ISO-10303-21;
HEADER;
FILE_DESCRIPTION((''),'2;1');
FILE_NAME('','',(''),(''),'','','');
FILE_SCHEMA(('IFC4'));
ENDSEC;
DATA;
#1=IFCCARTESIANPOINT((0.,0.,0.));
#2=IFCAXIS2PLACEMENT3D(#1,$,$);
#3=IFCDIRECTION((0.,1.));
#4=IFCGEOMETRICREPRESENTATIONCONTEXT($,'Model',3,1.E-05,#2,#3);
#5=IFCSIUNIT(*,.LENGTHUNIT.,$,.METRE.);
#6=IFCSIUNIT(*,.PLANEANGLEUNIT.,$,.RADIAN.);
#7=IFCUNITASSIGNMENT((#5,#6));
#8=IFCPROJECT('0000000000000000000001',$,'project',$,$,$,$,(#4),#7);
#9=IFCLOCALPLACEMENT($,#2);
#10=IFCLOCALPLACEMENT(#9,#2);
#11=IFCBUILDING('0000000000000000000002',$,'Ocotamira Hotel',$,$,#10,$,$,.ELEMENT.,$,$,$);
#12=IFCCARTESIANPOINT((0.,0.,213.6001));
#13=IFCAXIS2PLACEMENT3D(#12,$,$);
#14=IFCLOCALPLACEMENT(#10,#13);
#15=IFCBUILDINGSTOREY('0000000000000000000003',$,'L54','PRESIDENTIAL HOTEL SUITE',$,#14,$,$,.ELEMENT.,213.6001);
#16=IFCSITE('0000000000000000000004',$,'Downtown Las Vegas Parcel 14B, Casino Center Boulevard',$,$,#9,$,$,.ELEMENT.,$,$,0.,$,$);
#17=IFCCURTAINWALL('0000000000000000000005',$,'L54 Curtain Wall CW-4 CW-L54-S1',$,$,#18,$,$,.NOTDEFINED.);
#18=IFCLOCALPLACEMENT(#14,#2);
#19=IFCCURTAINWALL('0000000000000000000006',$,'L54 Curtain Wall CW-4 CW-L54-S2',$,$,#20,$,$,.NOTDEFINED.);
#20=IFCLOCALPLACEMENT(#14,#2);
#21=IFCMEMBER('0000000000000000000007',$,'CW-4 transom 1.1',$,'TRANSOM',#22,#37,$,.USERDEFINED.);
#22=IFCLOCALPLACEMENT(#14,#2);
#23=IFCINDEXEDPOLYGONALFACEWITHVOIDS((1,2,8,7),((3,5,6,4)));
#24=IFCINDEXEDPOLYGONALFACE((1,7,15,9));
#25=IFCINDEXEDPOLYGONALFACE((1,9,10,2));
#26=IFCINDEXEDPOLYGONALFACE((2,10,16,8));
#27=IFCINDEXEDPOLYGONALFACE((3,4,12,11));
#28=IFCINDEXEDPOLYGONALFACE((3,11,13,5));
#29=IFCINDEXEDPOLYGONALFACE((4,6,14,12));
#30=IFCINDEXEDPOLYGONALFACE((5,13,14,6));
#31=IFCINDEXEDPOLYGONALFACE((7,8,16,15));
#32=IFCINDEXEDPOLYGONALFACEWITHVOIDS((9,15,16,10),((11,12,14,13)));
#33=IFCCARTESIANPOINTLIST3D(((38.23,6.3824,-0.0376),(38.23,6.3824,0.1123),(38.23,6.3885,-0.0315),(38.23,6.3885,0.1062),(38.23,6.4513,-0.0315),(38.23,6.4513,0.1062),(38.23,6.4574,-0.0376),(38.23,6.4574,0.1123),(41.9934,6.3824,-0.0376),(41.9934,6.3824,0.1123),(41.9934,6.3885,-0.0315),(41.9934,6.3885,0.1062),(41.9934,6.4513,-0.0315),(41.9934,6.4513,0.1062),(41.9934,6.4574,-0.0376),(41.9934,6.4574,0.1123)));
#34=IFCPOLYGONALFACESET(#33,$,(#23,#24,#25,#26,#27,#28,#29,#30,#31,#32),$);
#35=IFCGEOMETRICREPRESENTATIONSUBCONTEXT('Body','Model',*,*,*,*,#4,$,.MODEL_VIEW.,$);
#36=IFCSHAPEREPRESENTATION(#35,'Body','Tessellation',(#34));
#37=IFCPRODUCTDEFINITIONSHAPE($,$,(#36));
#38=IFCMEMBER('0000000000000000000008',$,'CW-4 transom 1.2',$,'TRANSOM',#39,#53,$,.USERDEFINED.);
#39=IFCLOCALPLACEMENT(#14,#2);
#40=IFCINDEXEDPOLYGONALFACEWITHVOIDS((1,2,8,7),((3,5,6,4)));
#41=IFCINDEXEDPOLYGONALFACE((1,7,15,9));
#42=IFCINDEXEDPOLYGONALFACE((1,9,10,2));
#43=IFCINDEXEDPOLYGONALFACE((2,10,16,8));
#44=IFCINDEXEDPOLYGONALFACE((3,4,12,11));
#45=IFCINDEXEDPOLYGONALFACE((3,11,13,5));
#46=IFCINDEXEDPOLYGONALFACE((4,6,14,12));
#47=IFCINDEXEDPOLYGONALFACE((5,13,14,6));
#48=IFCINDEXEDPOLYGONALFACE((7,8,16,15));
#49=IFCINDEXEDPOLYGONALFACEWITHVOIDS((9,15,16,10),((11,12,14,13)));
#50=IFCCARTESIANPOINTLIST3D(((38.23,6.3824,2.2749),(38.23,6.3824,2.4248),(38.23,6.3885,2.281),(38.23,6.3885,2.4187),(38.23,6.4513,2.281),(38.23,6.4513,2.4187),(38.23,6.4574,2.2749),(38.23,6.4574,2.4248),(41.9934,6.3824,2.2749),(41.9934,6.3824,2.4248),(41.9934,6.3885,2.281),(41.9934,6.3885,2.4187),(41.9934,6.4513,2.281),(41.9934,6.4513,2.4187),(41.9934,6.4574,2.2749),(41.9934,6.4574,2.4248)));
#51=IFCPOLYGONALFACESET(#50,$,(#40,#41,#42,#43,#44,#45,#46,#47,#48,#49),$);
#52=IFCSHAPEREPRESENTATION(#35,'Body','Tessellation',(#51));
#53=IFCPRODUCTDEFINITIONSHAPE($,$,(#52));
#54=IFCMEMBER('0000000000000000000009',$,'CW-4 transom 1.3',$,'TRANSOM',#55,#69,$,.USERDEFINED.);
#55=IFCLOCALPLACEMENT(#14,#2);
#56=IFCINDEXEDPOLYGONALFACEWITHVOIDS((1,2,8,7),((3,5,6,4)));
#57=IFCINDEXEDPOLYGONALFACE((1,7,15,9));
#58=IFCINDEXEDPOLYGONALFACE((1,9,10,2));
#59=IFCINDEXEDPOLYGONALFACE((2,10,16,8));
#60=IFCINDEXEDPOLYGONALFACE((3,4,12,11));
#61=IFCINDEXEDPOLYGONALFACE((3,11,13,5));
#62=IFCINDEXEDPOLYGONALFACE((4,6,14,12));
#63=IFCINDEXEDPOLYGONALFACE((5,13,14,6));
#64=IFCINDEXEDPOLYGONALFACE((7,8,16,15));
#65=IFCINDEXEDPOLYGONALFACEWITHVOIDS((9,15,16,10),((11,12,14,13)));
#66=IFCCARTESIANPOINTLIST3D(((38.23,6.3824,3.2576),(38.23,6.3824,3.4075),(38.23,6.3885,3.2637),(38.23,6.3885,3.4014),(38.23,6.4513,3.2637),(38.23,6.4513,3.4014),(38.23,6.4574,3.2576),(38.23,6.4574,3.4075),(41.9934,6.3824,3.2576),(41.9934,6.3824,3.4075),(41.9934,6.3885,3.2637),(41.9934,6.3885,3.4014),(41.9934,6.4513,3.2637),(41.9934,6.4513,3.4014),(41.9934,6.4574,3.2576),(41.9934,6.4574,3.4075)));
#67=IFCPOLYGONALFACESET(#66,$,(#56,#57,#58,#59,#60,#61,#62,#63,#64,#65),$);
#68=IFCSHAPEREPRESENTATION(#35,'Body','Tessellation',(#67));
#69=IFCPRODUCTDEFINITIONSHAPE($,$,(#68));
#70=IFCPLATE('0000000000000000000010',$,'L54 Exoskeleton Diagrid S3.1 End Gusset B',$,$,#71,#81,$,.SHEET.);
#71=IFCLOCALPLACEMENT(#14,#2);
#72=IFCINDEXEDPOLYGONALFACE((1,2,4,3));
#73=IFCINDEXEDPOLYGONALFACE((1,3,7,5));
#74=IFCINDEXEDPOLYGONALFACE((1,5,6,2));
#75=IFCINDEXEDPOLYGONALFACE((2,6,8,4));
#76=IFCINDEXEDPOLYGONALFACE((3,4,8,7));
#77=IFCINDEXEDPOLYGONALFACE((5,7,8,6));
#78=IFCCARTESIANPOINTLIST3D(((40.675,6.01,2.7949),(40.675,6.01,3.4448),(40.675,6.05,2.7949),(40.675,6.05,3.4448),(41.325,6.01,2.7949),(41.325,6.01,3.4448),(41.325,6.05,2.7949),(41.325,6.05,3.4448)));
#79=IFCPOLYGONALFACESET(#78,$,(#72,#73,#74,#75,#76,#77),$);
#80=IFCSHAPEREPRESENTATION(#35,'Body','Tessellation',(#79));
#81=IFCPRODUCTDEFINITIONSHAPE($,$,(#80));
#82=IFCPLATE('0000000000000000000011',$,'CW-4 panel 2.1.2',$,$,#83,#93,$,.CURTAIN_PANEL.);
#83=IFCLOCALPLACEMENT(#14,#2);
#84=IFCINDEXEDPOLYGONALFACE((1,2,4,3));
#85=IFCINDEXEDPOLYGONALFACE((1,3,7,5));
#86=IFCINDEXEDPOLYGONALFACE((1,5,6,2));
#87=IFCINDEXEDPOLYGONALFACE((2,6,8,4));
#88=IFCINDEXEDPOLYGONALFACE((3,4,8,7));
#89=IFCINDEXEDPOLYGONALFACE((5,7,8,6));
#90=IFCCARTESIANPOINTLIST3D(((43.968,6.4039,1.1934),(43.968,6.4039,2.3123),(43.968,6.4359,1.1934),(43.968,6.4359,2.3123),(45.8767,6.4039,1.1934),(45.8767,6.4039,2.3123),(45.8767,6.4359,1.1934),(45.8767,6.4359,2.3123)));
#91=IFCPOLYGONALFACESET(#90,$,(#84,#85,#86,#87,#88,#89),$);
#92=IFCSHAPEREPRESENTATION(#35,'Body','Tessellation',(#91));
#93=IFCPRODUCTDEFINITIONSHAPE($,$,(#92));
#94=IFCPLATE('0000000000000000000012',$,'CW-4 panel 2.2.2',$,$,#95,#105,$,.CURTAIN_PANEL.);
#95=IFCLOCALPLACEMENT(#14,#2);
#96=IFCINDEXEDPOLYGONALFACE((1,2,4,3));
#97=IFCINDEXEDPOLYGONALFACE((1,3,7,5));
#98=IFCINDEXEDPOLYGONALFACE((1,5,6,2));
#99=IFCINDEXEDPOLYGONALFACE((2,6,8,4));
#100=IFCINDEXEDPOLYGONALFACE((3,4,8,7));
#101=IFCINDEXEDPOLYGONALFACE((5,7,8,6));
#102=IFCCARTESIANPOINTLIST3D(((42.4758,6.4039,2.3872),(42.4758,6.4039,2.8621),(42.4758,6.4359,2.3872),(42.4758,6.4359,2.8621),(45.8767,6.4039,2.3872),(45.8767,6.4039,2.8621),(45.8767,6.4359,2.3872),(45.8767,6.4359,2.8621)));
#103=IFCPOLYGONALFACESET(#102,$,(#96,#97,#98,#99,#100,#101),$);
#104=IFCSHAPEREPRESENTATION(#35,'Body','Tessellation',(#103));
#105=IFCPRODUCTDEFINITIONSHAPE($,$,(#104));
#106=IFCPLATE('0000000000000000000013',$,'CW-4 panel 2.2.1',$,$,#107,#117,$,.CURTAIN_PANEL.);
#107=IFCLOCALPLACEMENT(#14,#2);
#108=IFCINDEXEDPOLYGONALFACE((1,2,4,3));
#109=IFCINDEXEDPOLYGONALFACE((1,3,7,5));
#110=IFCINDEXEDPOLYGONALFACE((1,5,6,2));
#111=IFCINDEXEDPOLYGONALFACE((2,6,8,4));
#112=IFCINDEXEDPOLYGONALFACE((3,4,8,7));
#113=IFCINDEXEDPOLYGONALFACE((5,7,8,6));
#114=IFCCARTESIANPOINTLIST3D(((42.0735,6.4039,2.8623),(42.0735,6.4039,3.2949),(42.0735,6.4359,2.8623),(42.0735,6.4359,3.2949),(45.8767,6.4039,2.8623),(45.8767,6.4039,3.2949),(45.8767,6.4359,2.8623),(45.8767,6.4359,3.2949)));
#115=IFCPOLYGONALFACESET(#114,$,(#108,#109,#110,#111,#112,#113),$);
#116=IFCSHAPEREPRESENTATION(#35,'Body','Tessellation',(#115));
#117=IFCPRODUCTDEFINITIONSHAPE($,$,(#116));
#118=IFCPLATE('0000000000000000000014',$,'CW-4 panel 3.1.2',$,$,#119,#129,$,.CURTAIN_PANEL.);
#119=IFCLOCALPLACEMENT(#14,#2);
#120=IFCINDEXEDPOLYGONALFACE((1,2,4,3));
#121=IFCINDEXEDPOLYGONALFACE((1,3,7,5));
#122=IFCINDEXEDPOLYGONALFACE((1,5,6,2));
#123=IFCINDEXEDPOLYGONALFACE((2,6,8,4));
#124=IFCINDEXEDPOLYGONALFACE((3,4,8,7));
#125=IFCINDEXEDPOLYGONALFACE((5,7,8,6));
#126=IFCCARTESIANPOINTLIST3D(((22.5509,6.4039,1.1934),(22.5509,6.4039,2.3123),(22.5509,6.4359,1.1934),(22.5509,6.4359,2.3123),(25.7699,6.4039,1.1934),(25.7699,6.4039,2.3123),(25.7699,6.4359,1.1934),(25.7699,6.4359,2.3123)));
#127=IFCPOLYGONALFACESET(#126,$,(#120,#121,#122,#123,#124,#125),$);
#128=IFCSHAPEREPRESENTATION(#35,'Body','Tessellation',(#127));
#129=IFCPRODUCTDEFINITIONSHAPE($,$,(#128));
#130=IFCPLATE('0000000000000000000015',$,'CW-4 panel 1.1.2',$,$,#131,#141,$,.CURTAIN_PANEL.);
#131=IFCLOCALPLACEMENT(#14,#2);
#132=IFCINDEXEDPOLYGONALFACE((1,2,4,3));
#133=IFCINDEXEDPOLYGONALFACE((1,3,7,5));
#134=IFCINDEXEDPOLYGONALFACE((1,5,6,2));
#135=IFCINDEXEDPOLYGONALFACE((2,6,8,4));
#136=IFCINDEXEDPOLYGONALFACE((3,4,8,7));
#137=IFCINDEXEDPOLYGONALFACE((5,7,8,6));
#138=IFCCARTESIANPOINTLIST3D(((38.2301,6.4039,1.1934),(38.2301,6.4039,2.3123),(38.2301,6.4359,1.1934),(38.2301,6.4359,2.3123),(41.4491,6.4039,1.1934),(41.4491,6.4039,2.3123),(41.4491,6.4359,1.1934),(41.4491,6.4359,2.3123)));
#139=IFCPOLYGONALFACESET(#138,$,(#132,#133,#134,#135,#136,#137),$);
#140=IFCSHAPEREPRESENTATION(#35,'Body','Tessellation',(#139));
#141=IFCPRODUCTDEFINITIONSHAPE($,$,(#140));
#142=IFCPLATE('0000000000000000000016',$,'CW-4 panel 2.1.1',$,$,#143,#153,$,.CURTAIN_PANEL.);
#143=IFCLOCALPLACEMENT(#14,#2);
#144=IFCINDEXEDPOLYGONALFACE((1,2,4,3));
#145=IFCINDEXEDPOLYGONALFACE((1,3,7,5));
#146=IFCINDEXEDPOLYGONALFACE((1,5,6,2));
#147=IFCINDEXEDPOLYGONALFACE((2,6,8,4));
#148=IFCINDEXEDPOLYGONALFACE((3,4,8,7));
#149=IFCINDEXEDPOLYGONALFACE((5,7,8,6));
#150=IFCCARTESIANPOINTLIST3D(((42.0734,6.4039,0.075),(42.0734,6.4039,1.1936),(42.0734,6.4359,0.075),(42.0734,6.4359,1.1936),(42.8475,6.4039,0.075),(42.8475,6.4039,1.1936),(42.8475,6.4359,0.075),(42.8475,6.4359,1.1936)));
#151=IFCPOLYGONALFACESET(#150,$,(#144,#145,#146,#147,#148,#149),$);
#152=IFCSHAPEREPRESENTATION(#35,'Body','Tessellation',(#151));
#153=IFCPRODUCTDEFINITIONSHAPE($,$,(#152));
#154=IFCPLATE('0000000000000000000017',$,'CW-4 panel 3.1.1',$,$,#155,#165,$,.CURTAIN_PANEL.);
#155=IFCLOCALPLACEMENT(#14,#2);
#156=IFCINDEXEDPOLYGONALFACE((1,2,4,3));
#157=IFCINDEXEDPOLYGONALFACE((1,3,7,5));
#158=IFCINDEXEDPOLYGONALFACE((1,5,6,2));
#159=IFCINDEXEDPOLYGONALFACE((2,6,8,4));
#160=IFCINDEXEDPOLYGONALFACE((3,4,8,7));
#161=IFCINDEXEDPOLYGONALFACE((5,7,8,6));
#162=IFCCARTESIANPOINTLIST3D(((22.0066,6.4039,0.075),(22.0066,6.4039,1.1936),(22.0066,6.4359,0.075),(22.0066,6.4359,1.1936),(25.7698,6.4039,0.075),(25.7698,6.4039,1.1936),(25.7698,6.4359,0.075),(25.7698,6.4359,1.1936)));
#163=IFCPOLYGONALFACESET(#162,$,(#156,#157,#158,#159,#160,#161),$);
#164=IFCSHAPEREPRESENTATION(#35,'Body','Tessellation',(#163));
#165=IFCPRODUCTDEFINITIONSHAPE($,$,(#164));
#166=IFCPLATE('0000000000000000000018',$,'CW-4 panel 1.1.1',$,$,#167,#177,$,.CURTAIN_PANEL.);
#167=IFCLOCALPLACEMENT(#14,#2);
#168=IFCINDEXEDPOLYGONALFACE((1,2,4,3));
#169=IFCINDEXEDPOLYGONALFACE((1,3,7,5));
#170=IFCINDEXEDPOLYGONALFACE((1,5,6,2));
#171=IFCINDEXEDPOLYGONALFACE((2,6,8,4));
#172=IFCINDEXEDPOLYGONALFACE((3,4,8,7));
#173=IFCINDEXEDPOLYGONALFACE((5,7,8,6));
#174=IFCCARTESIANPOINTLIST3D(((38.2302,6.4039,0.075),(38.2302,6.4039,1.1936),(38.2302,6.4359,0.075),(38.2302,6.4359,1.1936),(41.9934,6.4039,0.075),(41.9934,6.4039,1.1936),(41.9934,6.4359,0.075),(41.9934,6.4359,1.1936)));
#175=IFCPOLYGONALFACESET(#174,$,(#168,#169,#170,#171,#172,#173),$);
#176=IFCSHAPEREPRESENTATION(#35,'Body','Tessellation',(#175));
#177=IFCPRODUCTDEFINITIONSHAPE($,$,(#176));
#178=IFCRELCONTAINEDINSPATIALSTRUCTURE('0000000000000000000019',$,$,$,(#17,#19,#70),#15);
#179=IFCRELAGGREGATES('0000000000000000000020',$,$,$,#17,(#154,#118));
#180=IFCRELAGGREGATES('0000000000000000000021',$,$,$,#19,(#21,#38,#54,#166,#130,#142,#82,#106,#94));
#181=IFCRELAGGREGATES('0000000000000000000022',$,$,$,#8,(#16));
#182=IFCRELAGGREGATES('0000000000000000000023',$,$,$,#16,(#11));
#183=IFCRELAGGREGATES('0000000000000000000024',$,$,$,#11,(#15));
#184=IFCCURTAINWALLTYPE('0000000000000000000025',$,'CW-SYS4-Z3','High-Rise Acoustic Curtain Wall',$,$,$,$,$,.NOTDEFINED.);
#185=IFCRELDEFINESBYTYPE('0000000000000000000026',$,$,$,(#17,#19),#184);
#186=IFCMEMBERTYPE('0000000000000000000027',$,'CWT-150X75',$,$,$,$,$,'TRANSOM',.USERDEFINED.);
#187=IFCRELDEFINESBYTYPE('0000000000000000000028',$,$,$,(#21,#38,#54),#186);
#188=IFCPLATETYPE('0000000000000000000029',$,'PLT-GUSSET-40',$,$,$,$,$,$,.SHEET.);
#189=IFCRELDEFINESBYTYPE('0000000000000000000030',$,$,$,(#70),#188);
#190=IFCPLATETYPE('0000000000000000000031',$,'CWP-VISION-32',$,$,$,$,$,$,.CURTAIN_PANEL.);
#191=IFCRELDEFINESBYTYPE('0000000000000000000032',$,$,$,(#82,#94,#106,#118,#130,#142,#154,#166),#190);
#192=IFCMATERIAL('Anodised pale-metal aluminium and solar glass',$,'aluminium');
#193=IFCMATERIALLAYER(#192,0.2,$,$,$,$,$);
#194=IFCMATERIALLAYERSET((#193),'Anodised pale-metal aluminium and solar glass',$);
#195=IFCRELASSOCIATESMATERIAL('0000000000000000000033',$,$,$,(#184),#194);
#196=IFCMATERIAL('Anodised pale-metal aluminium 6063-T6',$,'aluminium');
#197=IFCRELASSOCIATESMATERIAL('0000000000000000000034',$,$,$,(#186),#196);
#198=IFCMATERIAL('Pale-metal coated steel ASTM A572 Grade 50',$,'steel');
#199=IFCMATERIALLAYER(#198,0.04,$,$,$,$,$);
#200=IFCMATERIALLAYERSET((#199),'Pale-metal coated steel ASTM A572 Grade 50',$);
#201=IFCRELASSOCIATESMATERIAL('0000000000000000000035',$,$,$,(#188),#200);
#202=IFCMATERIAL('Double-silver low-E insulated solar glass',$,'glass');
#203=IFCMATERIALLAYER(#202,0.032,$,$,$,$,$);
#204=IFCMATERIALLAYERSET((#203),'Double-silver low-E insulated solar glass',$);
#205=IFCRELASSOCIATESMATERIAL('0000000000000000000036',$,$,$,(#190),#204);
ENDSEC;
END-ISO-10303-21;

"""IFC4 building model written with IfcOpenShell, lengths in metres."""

from ifc_helpers import new_model, si_unit, direction, frame, origin, origin_2d, place, context, subcontext, project, spatial, rectangle, hollow_rectangle, extrude, source, transform, mapped, material, layer, layer_set, material_profile, profile_set, type_object, element, aggregate, save


model = new_model("IFC4")

# Units and contexts
model_context = context("Model", 3, precision=1e-05, world=origin(), true_north=direction((0.0, 1.0)))
body_context = subcontext(model_context, "Body", "Model", "MODEL_VIEW")
ifc_project = project(units=[si_unit("LENGTHUNIT", "METRE"), si_unit("PLANEANGLEUNIT", "RADIAN")], contexts=[model_context])

# Site, building, storey
site_placement = place(None, origin())
site = spatial("IfcSite", under=ifc_project, at=site_placement, Name="Downtown Las Vegas Parcel 14B, Casino Center Boulevard", CompositionType="ELEMENT", RefElevation=0.0)
building_placement = place(site_placement, origin())
building = spatial("IfcBuilding", under=site, at=building_placement, Name="Ocotamira Hotel", CompositionType="ELEMENT")
storey_placement = place(building_placement, frame((0.0, 0.0, 213.6001)))
storey = spatial("IfcBuildingStorey", under=building, at=storey_placement, Name="L54", Description="PRESIDENTIAL HOTEL SUITE", CompositionType="ELEMENT", Elevation=213.6001)

# Curtain wall
ifc_material_1 = material(Name="Anodised pale-metal aluminium and solar glass", Category="aluminium")
ifc_layer_1 = layer(ifc_material_1, 0.2)
ifc_layer_set_1 = layer_set([ifc_layer_1], Name="Anodised pale-metal aluminium and solar glass")
curtain_wall_type = type_object("IfcCurtainWallType", Name="CW-SYS4-Z3", Description="High-Rise Acoustic Curtain Wall", PredefinedType="NOTDEFINED", material=ifc_layer_set_1)
curtain_wall_1_placement = place(storey_placement, origin())
curtain_wall_1 = element("IfcCurtainWall", 1, at=curtain_wall_1_placement, inside=storey, type_object=curtain_wall_type, Name="L54 Curtain Wall CW-4 CW-L54-S1", PredefinedType="NOTDEFINED")
ifc_material_2 = material(Name="Anodised pale-metal aluminium 6063-T6", Category="aluminium")

# Curtain wall, members
curtain_wall_2_placement = place(storey_placement, origin())
curtain_wall_2 = element("IfcCurtainWall", 2, at=curtain_wall_2_placement, inside=storey, type_object=curtain_wall_type, Name="L54 Curtain Wall CW-4 CW-L54-S2", PredefinedType="NOTDEFINED")
ifc_material_profile_1 = material_profile(ifc_material_2, hollow_rectangle(XDim=0.075, YDim=0.1499, WallThickness=0.0061, at=origin_2d()), Name="HSS150X75X6")
ifc_profile_set_1 = profile_set([ifc_material_profile_1], Name="Anodised pale-metal aluminium 6063-T6")
member_type_1 = type_object("IfcMemberType", Name="CWT-150X75", ElementType="TRANSOM", PredefinedType="USERDEFINED", material=ifc_profile_set_1)
shared_shape_1 = source(origin(), body_context, "Body", "SweptSolid", [
    extrude(hollow_rectangle(XDim=0.075, YDim=0.1499, WallThickness=0.0061, at=origin_2d()), origin(), (0.0, 0.0, 1.0), 3.7634),
])
member_1_placement = place(storey_placement, frame((38.23, 6.4199, 0.0374), z_axis=(1.0, 0.0, 0.0), x_axis=(0.0, 1.0, 0.0)))
member_1 = element("IfcMember", 3, at=member_1_placement, type_object=member_type_1, Name="CW-4 transom 1.1", ObjectType="TRANSOM", PredefinedType="USERDEFINED", context=body_context, shape_type="MappedRepresentation", body=[
    mapped(shared_shape_1, transform((0.0, 0.0, 0.0), scale=1.0)),
])
member_2_placement = place(storey_placement, frame((38.23, 6.4199, 2.3499), z_axis=(1.0, 0.0, 0.0), x_axis=(0.0, 1.0, 0.0)))
member_2 = element("IfcMember", 4, at=member_2_placement, type_object=member_type_1, Name="CW-4 transom 1.2", ObjectType="TRANSOM", PredefinedType="USERDEFINED", context=body_context, shape_type="MappedRepresentation", body=[
    mapped(shared_shape_1, transform((0.0, 0.0, 0.0), scale=1.0)),
])
member_3_placement = place(storey_placement, frame((38.23, 6.4199, 3.3325), z_axis=(1.0, 0.0, 0.0), x_axis=(0.0, 1.0, 0.0)))
member_3 = element("IfcMember", 5, at=member_3_placement, type_object=member_type_1, Name="CW-4 transom 1.3", ObjectType="TRANSOM", PredefinedType="USERDEFINED", context=body_context, shape_type="MappedRepresentation", body=[
    mapped(shared_shape_1, transform((0.0, 0.0, 0.0), scale=1.0)),
])

# Plates
ifc_material_3 = material(Name="Pale-metal coated steel ASTM A572 Grade 50", Category="steel")
ifc_layer_2 = layer(ifc_material_3, 0.04)
ifc_layer_set_2 = layer_set([ifc_layer_2], Name="Pale-metal coated steel ASTM A572 Grade 50")
plate_type_1 = type_object("IfcPlateType", Name="PLT-GUSSET-40", PredefinedType="SHEET", material=ifc_layer_set_2)
shared_shape_2 = source(origin(), body_context, "Body", "SweptSolid", [
    extrude(rectangle(XDim=0.6499, YDim=0.04, at=origin_2d()), origin(), (0.0, 0.0, 1.0), 0.6499),
])
plate_1_placement = place(storey_placement, frame((41.0, 6.03, 2.7949), z_axis=(0.0, 0.0, 1.0), x_axis=(-1.0, 0.0, 0.0)))
element("IfcPlate", 6, at=plate_1_placement, inside=storey, type_object=plate_type_1, Name="L54 Exoskeleton Diagrid S3.1 End Gusset B", PredefinedType="SHEET", context=body_context, shape_type="MappedRepresentation", body=[
    mapped(shared_shape_2, transform((0.0, 0.0, 0.0), scale=1.0)),
])
ifc_material_4 = material(Name="Double-silver low-E insulated solar glass", Category="glass")
ifc_layer_3 = layer(ifc_material_4, 0.032)
ifc_layer_set_3 = layer_set([ifc_layer_3], Name="Double-silver low-E insulated solar glass")
plate_type_2 = type_object("IfcPlateType", Name="CWP-VISION-32", PredefinedType="CURTAIN_PANEL", material=ifc_layer_set_3)
shared_shape_3 = source(origin(), body_context, "Body", "SweptSolid", [
    extrude(rectangle(XDim=1.9087, YDim=0.032, at=origin_2d()), origin(), (0.0, 0.0, 1.0), 1.1189),
])
plate_2_placement = place(storey_placement, frame((44.9224, 6.4199, 1.1934), z_axis=(0.0, 0.0, 1.0), x_axis=(1.0, 0.0, 0.0)))
plate_2 = element("IfcPlate", 7, at=plate_2_placement, type_object=plate_type_2, Name="CW-4 panel 2.1.2", PredefinedType="CURTAIN_PANEL", context=body_context, shape_type="MappedRepresentation", body=[
    mapped(shared_shape_3, transform((0.0, 0.0, 0.0), scale=1.0)),
])
shared_shape_4 = source(origin(), body_context, "Body", "SweptSolid", [
    extrude(rectangle(XDim=3.4009, YDim=0.032, at=origin_2d()), origin(), (0.0, 0.0, 1.0), 0.4749),
])
plate_3_placement = place(storey_placement, frame((44.1763, 6.4199, 2.3872), z_axis=(0.0, 0.0, 1.0), x_axis=(1.0, 0.0, 0.0)))
plate_3 = element("IfcPlate", 8, at=plate_3_placement, type_object=plate_type_2, Name="CW-4 panel 2.2.2", PredefinedType="CURTAIN_PANEL", context=body_context, shape_type="MappedRepresentation", body=[
    mapped(shared_shape_4, transform((0.0, 0.0, 0.0), scale=1.0)),
])
shared_shape_5 = source(origin(), body_context, "Body", "SweptSolid", [
    extrude(rectangle(XDim=3.8032, YDim=0.032, at=origin_2d()), origin(), (0.0, 0.0, 1.0), 0.4326),
])
plate_4_placement = place(storey_placement, frame((43.9751, 6.4199, 2.8623), z_axis=(0.0, 0.0, 1.0), x_axis=(1.0, 0.0, 0.0)))
plate_4 = element("IfcPlate", 9, at=plate_4_placement, type_object=plate_type_2, Name="CW-4 panel 2.2.1", PredefinedType="CURTAIN_PANEL", context=body_context, shape_type="MappedRepresentation", body=[
    mapped(shared_shape_5, transform((0.0, 0.0, 0.0), scale=1.0)),
])
shared_shape_6 = source(origin(), body_context, "Body", "SweptSolid", [
    extrude(rectangle(XDim=3.219, YDim=0.032, at=origin_2d()), origin(), (0.0, 0.0, 1.0), 1.1189),
])
plate_5_placement = place(storey_placement, frame((24.1604, 6.4199, 1.1934), z_axis=(0.0, 0.0, 1.0), x_axis=(1.0, 0.0, 0.0)))
plate_5 = element("IfcPlate", 10, at=plate_5_placement, type_object=plate_type_2, Name="CW-4 panel 3.1.2", PredefinedType="CURTAIN_PANEL", context=body_context, shape_type="MappedRepresentation", body=[
    mapped(shared_shape_6, transform((0.0, 0.0, 0.0), scale=1.0)),
])
plate_6_placement = place(storey_placement, frame((39.8396, 6.4199, 1.1934), z_axis=(0.0, 0.0, 1.0), x_axis=(1.0, 0.0, 0.0)))
plate_6 = element("IfcPlate", 11, at=plate_6_placement, type_object=plate_type_2, Name="CW-4 panel 1.1.2", PredefinedType="CURTAIN_PANEL", context=body_context, shape_type="MappedRepresentation", body=[
    mapped(shared_shape_6, transform((0.0, 0.0, 0.0), scale=1.0)),
])
shared_shape_7 = source(origin(), body_context, "Body", "SweptSolid", [
    extrude(rectangle(XDim=0.7742, YDim=0.032, at=origin_2d()), origin(), (0.0, 0.0, 1.0), 1.1187),
])
plate_7_placement = place(storey_placement, frame((42.4604, 6.4199, 0.075), z_axis=(0.0, 0.0, 1.0), x_axis=(1.0, 0.0, 0.0)))
plate_7 = element("IfcPlate", 12, at=plate_7_placement, type_object=plate_type_2, Name="CW-4 panel 2.1.1", PredefinedType="CURTAIN_PANEL", context=body_context, shape_type="MappedRepresentation", body=[
    mapped(shared_shape_7, transform((0.0, 0.0, 0.0), scale=1.0)),
])
shared_shape_8 = source(origin(), body_context, "Body", "SweptSolid", [
    extrude(rectangle(XDim=3.7632, YDim=0.032, at=origin_2d()), origin(), (0.0, 0.0, 1.0), 1.1187),
])
plate_8_placement = place(storey_placement, frame((23.8882, 6.4199, 0.075), z_axis=(0.0, 0.0, 1.0), x_axis=(1.0, 0.0, 0.0)))
plate_8 = element("IfcPlate", 13, at=plate_8_placement, type_object=plate_type_2, Name="CW-4 panel 3.1.1", PredefinedType="CURTAIN_PANEL", context=body_context, shape_type="MappedRepresentation", body=[
    mapped(shared_shape_8, transform((0.0, 0.0, 0.0), scale=1.0)),
])
plate_9_placement = place(storey_placement, frame((40.1118, 6.4199, 0.075), z_axis=(0.0, 0.0, 1.0), x_axis=(1.0, 0.0, 0.0)))
plate_9 = element("IfcPlate", 14, at=plate_9_placement, type_object=plate_type_2, Name="CW-4 panel 1.1.1", PredefinedType="CURTAIN_PANEL", context=body_context, shape_type="MappedRepresentation", body=[
    mapped(shared_shape_8, transform((0.0, 0.0, 0.0), scale=1.0)),
])
aggregate(curtain_wall_1, [plate_8, plate_5])
aggregate(curtain_wall_2, [member_1, member_2, member_3, plate_9, plate_6, plate_7, plate_2, plate_4, plate_3])

save(model, "model.ifc")
